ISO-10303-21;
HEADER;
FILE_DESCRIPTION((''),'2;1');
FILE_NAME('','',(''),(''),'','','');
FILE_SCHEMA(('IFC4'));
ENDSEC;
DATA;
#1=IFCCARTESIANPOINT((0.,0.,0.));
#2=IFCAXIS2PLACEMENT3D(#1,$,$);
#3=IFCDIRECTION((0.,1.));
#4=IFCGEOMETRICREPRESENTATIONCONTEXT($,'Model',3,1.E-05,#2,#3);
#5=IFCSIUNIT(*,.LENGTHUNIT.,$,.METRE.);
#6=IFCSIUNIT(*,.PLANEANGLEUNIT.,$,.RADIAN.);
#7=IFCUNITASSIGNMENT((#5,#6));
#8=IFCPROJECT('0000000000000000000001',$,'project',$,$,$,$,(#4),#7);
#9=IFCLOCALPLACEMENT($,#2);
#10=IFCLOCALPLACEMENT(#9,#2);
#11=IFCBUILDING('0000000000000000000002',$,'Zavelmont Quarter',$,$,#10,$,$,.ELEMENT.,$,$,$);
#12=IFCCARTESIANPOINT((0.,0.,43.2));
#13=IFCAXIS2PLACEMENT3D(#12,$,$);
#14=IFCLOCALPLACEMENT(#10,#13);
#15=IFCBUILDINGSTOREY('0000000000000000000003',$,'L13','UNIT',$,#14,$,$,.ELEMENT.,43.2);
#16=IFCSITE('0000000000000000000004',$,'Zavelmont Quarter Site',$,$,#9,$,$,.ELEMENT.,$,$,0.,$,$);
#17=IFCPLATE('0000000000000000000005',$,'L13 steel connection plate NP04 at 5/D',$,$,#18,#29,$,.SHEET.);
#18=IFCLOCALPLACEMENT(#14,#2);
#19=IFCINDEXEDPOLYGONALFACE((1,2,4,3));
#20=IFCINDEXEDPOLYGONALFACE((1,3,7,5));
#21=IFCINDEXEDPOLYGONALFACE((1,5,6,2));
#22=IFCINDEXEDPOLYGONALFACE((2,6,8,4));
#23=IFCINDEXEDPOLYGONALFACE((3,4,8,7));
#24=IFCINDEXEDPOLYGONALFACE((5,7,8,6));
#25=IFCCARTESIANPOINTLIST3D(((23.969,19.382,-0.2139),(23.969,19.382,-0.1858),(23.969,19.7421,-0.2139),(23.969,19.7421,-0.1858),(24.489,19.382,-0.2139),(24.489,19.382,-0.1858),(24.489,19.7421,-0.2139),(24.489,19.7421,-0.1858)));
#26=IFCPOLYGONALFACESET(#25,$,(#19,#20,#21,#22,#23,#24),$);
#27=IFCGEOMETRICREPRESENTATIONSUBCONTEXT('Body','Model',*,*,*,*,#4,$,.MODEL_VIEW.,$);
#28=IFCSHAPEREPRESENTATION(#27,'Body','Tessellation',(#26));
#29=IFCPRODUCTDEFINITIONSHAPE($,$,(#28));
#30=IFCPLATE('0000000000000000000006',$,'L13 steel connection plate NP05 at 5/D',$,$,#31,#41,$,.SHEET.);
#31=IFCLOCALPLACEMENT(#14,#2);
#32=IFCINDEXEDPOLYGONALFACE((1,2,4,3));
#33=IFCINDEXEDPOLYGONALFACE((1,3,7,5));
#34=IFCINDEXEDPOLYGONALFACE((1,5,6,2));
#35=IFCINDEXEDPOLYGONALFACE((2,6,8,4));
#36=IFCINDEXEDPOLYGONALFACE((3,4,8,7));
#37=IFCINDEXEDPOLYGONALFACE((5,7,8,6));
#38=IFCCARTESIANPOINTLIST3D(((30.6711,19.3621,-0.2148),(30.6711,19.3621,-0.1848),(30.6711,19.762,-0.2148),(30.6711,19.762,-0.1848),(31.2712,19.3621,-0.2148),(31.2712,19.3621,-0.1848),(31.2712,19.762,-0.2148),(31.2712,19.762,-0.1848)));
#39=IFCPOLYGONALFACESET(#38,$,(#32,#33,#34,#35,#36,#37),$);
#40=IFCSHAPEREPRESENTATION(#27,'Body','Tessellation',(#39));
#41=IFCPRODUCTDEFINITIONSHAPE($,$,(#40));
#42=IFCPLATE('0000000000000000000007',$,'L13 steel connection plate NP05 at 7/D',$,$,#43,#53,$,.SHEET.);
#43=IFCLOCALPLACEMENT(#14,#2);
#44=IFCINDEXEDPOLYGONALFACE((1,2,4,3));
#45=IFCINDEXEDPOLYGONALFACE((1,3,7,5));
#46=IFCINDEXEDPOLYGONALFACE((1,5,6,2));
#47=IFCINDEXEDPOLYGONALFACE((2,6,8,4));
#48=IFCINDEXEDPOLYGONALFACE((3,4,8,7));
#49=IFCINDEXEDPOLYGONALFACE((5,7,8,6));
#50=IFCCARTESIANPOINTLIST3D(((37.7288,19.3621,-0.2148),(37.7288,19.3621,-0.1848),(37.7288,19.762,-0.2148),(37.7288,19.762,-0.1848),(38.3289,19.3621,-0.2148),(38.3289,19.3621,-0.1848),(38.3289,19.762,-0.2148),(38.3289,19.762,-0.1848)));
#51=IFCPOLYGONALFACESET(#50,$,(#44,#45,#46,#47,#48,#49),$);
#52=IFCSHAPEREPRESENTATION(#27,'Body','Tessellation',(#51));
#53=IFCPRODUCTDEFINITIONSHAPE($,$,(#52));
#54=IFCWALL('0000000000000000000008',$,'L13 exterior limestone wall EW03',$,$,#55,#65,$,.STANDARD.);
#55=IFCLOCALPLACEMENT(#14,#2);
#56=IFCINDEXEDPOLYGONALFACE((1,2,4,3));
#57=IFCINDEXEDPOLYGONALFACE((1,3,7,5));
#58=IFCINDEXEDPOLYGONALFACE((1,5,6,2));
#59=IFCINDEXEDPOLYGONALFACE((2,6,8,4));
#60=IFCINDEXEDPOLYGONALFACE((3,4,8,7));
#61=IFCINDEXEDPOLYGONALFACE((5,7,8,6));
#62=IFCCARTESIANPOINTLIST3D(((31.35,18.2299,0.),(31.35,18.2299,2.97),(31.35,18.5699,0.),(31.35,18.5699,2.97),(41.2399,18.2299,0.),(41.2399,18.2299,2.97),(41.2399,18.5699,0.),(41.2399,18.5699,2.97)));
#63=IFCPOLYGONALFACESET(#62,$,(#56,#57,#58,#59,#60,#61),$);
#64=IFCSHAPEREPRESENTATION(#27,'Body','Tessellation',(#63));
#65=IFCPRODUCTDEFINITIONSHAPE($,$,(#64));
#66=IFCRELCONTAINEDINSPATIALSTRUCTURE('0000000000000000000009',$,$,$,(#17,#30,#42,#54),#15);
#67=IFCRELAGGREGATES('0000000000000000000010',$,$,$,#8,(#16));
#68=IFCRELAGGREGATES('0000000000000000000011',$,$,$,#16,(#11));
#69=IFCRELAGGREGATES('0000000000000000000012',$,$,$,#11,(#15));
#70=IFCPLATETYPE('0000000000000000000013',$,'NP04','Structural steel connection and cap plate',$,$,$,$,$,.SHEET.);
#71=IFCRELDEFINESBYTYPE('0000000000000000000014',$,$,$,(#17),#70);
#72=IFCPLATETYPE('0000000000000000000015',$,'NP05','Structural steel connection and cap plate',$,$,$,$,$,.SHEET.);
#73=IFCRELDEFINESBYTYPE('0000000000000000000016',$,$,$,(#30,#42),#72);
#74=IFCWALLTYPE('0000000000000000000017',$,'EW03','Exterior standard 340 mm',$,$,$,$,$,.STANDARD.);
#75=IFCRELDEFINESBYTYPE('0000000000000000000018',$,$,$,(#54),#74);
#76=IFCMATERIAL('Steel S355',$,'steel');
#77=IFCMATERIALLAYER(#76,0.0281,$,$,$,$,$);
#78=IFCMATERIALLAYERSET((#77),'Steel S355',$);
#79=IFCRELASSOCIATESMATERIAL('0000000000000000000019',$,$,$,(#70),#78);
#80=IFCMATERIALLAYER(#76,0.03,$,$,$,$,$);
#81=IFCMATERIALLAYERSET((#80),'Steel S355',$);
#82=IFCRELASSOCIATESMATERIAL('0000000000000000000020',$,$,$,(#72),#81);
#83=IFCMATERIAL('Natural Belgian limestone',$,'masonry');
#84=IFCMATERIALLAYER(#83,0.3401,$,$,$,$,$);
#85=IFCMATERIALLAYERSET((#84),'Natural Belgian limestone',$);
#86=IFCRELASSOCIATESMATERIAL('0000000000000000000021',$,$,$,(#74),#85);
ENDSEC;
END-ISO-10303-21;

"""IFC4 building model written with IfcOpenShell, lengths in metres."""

from ifc_helpers import new_model, si_unit, direction, frame, frame_2d, origin, origin_2d, place, context, subcontext, project, spatial, rectangle, extrude, material, layer, layer_set, type_object, element, save


model = new_model("IFC4")

# Units and contexts
model_context = context("Model", 3, precision=1e-05, world=origin(), true_north=direction((0.0, 1.0)))
body_context = subcontext(model_context, "Body", "Model", "MODEL_VIEW")
ifc_project = project(units=[si_unit("LENGTHUNIT", "METRE"), si_unit("PLANEANGLEUNIT", "RADIAN")], contexts=[model_context])

# Site, building, storey
site_placement = place(None, origin())
site = spatial("IfcSite", under=ifc_project, at=site_placement, Name="Zavelmont Quarter Site", CompositionType="ELEMENT", RefElevation=0.0)
building_placement = place(site_placement, origin())
building = spatial("IfcBuilding", under=site, at=building_placement, Name="Zavelmont Quarter", CompositionType="ELEMENT")
storey_placement = place(building_placement, frame((0.0, 0.0, 43.2)))
storey = spatial("IfcBuildingStorey", under=building, at=storey_placement, Name="L13", Description="UNIT", CompositionType="ELEMENT", Elevation=43.2)

# Plates
ifc_material_1 = material(Name="Steel S355", Category="steel")
ifc_layer_1 = layer(ifc_material_1, 0.0281)
ifc_layer_set_1 = layer_set([ifc_layer_1], Name="Steel S355")
plate_type_1 = type_object("IfcPlateType", Name="NP04", Description="Structural steel connection and cap plate", PredefinedType="SHEET", material=ifc_layer_set_1)
for number, where, z_axis, x_axis, name in (
    (1, (24.229, 19.562, -0.2139), (0.0, 0.0, 1.0), (1.0, 0.0, 0.0), "L13 steel connection plate NP04 at 5/D"),
):
    element("IfcPlate", number, at=place(storey_placement, frame(where, z_axis=z_axis, x_axis=x_axis)), inside=storey, type_object=plate_type_1, Name=name, PredefinedType="SHEET", context=body_context, shape_type="SweptSolid", body=[
        extrude(rectangle(XDim=0.52, YDim=0.3601, at=origin_2d()), origin(), (0.0, 0.0, 1.0), 0.0281),
    ])
ifc_layer_2 = layer(ifc_material_1, 0.03)
ifc_layer_set_2 = layer_set([ifc_layer_2], Name="Steel S355")
plate_type_2 = type_object("IfcPlateType", Name="NP05", Description="Structural steel connection and cap plate", PredefinedType="SHEET", material=ifc_layer_set_2)
for number, where, z_axis, x_axis, name in (
    (2, (30.9712, 19.562, -0.2148), (0.0, 0.0, 1.0), (1.0, 0.0, 0.0), "L13 steel connection plate NP05 at 5/D"),
    (3, (38.0288, 19.562, -0.2148), (0.0, 0.0, 1.0), (1.0, 0.0, 0.0), "L13 steel connection plate NP05 at 7/D"),
):
    element("IfcPlate", number, at=place(storey_placement, frame(where, z_axis=z_axis, x_axis=x_axis)), inside=storey, type_object=plate_type_2, Name=name, PredefinedType="SHEET", context=body_context, shape_type="SweptSolid", body=[
        extrude(rectangle(XDim=0.6001, YDim=0.3999, at=origin_2d()), origin(), (0.0, 0.0, 1.0), 0.03),
    ])

# Wall
ifc_material_2 = material(Name="Natural Belgian limestone", Category="masonry")
ifc_layer_3 = layer(ifc_material_2, 0.3401)
ifc_layer_set_3 = layer_set([ifc_layer_3], Name="Natural Belgian limestone")
wall_type = type_object("IfcWallType", Name="EW03", Description="Exterior standard 340 mm", PredefinedType="STANDARD", material=ifc_layer_set_3)
wall_placement = place(storey_placement, frame((31.3501, 18.3999, 0.0), z_axis=(0.0, 0.0, 1.0), x_axis=(1.0, 0.0, 0.0)))
element("IfcWall", 4, at=wall_placement, inside=storey, type_object=wall_type, Name="L13 exterior limestone wall EW03", PredefinedType="STANDARD", context=body_context, shape_type="SweptSolid", body=[
    extrude(rectangle(XDim=9.8899, YDim=0.3401, at=frame_2d((4.9448, 0.0))), origin(), (0.0, 0.0, 1.0), 2.97),
])

save(model, "model.ifc")
